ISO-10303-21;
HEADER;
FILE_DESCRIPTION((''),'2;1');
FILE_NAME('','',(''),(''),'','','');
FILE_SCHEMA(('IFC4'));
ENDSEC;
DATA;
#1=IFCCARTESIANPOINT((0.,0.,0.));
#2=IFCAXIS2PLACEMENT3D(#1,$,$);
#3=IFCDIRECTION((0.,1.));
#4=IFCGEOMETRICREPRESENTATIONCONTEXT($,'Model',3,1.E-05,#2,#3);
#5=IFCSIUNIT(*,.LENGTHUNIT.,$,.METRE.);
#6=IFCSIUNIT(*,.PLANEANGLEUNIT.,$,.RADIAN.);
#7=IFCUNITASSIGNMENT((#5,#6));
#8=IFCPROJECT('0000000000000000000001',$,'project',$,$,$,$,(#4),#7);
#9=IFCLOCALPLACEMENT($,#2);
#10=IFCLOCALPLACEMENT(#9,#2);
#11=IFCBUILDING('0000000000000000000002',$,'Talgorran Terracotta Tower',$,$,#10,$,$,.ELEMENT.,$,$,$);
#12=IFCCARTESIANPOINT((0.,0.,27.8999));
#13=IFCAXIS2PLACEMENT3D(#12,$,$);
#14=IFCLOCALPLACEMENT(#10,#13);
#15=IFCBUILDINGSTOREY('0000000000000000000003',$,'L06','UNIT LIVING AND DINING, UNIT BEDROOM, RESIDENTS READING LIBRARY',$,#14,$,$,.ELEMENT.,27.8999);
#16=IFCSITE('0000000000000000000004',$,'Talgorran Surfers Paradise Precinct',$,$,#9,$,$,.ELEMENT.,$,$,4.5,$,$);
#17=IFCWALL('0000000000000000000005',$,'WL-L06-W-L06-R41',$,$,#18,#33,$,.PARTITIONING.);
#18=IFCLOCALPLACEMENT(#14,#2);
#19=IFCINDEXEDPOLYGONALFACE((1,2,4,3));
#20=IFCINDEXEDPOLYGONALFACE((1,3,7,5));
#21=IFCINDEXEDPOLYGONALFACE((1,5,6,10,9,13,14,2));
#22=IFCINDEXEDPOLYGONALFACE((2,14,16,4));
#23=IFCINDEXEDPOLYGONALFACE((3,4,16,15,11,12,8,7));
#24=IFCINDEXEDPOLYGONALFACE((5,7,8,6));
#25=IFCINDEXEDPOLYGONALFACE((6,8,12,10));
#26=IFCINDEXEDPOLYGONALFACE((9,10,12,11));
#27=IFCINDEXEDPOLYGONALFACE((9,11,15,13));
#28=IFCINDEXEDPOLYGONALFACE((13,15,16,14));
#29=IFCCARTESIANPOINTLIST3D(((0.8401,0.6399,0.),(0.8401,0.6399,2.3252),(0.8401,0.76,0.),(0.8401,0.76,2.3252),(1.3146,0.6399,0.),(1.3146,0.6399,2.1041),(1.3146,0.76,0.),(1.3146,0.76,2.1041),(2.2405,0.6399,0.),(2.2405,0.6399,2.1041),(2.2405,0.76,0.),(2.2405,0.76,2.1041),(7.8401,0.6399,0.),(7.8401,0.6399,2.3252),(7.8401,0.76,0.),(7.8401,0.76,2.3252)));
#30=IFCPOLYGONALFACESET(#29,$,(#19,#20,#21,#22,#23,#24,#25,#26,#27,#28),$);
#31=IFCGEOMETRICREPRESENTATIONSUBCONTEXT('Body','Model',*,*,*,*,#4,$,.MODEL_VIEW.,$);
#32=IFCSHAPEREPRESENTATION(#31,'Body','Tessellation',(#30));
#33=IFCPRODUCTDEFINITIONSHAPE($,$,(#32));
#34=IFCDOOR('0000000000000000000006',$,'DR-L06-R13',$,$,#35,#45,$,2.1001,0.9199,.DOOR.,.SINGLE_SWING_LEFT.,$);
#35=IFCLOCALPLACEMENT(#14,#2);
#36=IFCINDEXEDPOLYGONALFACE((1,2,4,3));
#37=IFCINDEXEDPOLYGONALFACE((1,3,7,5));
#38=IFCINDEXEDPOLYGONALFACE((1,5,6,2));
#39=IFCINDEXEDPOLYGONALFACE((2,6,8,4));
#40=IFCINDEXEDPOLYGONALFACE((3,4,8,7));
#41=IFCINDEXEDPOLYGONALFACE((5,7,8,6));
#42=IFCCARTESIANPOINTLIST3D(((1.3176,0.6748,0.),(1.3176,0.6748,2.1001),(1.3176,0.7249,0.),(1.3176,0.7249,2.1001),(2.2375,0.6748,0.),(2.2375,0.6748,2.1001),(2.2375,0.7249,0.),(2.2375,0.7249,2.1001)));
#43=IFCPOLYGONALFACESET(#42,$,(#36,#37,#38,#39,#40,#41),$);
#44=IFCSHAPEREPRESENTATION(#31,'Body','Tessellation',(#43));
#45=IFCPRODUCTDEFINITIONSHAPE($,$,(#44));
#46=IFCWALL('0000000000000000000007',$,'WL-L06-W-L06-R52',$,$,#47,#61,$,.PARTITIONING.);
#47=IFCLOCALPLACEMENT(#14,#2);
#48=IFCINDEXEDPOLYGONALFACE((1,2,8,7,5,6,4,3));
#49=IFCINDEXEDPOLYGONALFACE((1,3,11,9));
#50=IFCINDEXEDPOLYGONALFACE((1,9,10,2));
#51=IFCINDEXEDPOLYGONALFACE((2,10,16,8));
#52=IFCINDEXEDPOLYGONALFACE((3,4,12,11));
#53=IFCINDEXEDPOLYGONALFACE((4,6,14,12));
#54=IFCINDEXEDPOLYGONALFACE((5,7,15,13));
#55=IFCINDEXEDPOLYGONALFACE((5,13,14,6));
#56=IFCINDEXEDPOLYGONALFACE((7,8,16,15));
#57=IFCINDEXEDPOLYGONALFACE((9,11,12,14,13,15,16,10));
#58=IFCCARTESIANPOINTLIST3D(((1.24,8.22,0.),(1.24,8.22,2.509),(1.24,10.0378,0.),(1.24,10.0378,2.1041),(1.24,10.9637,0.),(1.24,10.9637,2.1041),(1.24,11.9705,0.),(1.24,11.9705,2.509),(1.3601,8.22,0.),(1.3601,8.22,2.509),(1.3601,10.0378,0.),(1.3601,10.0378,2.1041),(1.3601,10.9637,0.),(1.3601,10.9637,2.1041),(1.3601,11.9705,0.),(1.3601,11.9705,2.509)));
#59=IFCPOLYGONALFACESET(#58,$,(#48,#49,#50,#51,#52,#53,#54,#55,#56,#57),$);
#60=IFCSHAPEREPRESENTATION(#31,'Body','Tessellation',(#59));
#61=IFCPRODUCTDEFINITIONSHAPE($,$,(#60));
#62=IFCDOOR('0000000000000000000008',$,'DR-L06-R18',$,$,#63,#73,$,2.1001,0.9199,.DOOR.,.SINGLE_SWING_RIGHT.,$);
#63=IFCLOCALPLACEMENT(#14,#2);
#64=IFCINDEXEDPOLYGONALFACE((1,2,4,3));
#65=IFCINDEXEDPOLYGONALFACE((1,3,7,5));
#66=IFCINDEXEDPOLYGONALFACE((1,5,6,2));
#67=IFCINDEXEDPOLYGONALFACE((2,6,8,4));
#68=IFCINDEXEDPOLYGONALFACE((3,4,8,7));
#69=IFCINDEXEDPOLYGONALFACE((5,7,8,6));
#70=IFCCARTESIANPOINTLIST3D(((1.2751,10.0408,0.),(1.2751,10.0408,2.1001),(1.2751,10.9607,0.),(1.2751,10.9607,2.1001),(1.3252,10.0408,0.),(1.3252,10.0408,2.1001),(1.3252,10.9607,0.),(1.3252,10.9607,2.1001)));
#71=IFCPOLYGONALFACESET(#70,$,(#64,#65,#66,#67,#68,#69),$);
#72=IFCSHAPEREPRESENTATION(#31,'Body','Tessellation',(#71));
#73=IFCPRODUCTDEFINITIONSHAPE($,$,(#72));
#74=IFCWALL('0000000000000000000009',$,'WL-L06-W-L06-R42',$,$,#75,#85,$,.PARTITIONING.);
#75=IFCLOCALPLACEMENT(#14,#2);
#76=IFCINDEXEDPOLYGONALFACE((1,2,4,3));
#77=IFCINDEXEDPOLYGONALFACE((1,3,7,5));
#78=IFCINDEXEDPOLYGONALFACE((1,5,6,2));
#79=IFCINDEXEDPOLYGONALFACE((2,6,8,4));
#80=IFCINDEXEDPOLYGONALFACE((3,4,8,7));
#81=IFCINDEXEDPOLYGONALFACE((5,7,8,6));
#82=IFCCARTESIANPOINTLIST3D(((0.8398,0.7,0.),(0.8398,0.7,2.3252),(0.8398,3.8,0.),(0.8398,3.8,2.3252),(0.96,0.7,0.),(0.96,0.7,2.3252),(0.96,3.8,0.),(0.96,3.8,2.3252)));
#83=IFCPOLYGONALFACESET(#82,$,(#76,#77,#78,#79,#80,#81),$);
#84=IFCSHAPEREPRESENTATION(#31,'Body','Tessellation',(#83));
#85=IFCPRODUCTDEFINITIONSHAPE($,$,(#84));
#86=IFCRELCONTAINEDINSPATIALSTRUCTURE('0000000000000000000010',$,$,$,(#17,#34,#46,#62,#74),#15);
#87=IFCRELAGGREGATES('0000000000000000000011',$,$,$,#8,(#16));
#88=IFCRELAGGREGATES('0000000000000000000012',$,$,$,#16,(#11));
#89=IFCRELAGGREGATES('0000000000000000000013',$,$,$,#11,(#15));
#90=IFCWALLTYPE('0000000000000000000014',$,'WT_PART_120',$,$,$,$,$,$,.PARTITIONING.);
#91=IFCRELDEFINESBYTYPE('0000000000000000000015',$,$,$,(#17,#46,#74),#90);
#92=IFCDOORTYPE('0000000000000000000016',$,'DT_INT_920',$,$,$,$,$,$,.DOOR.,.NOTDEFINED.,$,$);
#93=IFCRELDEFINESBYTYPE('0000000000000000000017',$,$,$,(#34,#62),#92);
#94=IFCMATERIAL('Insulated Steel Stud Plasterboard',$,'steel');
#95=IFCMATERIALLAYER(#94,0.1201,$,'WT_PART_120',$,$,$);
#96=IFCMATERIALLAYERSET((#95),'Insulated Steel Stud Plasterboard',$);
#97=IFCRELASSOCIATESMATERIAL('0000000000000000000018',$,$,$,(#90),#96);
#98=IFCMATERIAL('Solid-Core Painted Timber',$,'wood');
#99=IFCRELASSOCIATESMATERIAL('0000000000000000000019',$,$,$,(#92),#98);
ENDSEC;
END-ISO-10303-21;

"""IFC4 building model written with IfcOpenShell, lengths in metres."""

from ifc_helpers import new_model, si_unit, direction, frame, frame_2d, origin, place, context, subcontext, project, spatial, rectangle, extrude, material, layer, layer_set, type_object, element, fill, save


model = new_model("IFC4")

# Units and contexts
model_context = context("Model", 3, precision=1e-05, world=origin(), true_north=direction((0.0, 1.0)))
body_context = subcontext(model_context, "Body", "Model", "MODEL_VIEW")
ifc_project = project(units=[si_unit("LENGTHUNIT", "METRE"), si_unit("PLANEANGLEUNIT", "RADIAN")], contexts=[model_context])

# Site, building, storey
site_placement = place(None, origin())
site = spatial("IfcSite", under=ifc_project, at=site_placement, Name="Talgorran Surfers Paradise Precinct", CompositionType="ELEMENT", RefElevation=4.5)
building_placement = place(site_placement, origin())
building = spatial("IfcBuilding", under=site, at=building_placement, Name="Talgorran Terracotta Tower", CompositionType="ELEMENT")
storey_placement = place(building_placement, frame((0.0, 0.0, 27.8999)))
storey = spatial("IfcBuildingStorey", under=building, at=storey_placement, Name="L06", Description="UNIT LIVING AND DINING, UNIT BEDROOM, RESIDENTS READING LIBRARY", CompositionType="ELEMENT", Elevation=27.8999)

# Walls, openings, doors
ifc_material_1 = material(Name="Insulated Steel Stud Plasterboard", Category="steel")
ifc_layer_1 = layer(ifc_material_1, 0.1201, Name="WT_PART_120")
ifc_layer_set_1 = layer_set([ifc_layer_1], Name="Insulated Steel Stud Plasterboard")
wall_type_1 = type_object("IfcWallType", Name="WT_PART_120", PredefinedType="PARTITIONING", material=ifc_layer_set_1)
wall_1_placement = place(storey_placement, frame((0.8401, 0.7, 0.0), z_axis=(0.0, 0.0, 1.0), x_axis=(1.0, 0.0, 0.0)))
wall_1 = element("IfcWall", 1, at=wall_1_placement, inside=storey, type_object=wall_type_1, Name="WL-L06-W-L06-R41", PredefinedType="PARTITIONING", context=body_context, shape_type="SweptSolid", body=[
    extrude(rectangle(XDim=7.0, YDim=0.1201, at=frame_2d((3.5, 0.0))), origin(), (0.0, 0.0, 1.0), 2.3252),
])
opening_1_placement = place(wall_1_placement, frame((0.4775, 0.0, 0.0)))
opening_1 = element("IfcOpeningElement", 2, at=opening_1_placement, cuts=wall_1, PredefinedType="OPENING", context=body_context, shape_type="SweptSolid", body=[
    extrude(rectangle(XDim=0.9259, YDim=2.1041, at=frame_2d((0.46, 1.052))), frame((0.0, 0.0701, 0.0), z_axis=(0.0, -1.0, 0.0), x_axis=(1.0, 0.0, 0.0)), (0.0, 0.0, 1.0), 0.1401),
])
ifc_material_2 = material(Name="Solid-Core Painted Timber", Category="wood")
door_type_1 = type_object("IfcDoorType", Name="DT_INT_920", OperationType="NOTDEFINED", PredefinedType="DOOR", material=ifc_material_2)
door_1_placement = place(opening_1_placement, origin())
door_1 = element("IfcDoor", 3, at=door_1_placement, inside=storey, type_object=door_type_1, Name="DR-L06-R13", OperationType="SINGLE_SWING_LEFT", OverallHeight=2.1001, OverallWidth=0.9199, PredefinedType="DOOR", context=body_context, shape_type="SweptSolid", body=[
    extrude(rectangle(XDim=0.9199, YDim=2.1001, at=frame_2d((0.46, 1.05))), frame((0.0, 0.0249, 0.0), z_axis=(0.0, -1.0, 0.0), x_axis=(1.0, 0.0, 0.0)), (0.0, 0.0, 1.0), 0.05),
])
fill(opening_1, door_1)
wall_2_placement = place(storey_placement, frame((1.3, 8.22, 0.0), z_axis=(0.0, 0.0, 1.0), x_axis=(0.0, 1.0, 0.0)))
wall_2 = element("IfcWall", 4, at=wall_2_placement, inside=storey, type_object=wall_type_1, Name="WL-L06-W-L06-R52", PredefinedType="PARTITIONING", context=body_context, shape_type="SweptSolid", body=[
    extrude(rectangle(XDim=3.7505, YDim=0.1201, at=frame_2d((1.8752, 0.0))), origin(), (0.0, 0.0, 1.0), 2.509),
])
opening_2_placement = place(wall_2_placement, frame((1.8208, 0.0, 0.0)))
opening_2 = element("IfcOpeningElement", 5, at=opening_2_placement, cuts=wall_2, PredefinedType="OPENING", context=body_context, shape_type="SweptSolid", body=[
    extrude(rectangle(XDim=0.9259, YDim=2.1041, at=frame_2d((0.46, 1.052))), frame((0.0, 0.0701, 0.0), z_axis=(0.0, -1.0, 0.0), x_axis=(1.0, 0.0, 0.0)), (0.0, 0.0, 1.0), 0.1401),
])
door_2_placement = place(opening_2_placement, origin())
door_2 = element("IfcDoor", 6, at=door_2_placement, inside=storey, type_object=door_type_1, Name="DR-L06-R18", OperationType="SINGLE_SWING_RIGHT", OverallHeight=2.1001, OverallWidth=0.9199, PredefinedType="DOOR", context=body_context, shape_type="SweptSolid", body=[
    extrude(rectangle(XDim=0.9199, YDim=2.1001, at=frame_2d((0.46, 1.05))), frame((0.0, 0.0249, 0.0), z_axis=(0.0, -1.0, 0.0), x_axis=(1.0, 0.0, 0.0)), (0.0, 0.0, 1.0), 0.05),
])
fill(opening_2, door_2)

# Wall
wall_3_placement = place(storey_placement, frame((0.8999, 0.7, 0.0), z_axis=(0.0, 0.0, 1.0), x_axis=(0.0, 1.0, 0.0)))
element("IfcWall", 7, at=wall_3_placement, inside=storey, type_object=wall_type_1, Name="WL-L06-W-L06-R42", PredefinedType="PARTITIONING", context=body_context, shape_type="SweptSolid", body=[
    extrude(rectangle(XDim=3.1001, YDim=0.1201, at=frame_2d((1.55, 0.0))), origin(), (0.0, 0.0, 1.0), 2.3252),
])

save(model, "model.ifc")
